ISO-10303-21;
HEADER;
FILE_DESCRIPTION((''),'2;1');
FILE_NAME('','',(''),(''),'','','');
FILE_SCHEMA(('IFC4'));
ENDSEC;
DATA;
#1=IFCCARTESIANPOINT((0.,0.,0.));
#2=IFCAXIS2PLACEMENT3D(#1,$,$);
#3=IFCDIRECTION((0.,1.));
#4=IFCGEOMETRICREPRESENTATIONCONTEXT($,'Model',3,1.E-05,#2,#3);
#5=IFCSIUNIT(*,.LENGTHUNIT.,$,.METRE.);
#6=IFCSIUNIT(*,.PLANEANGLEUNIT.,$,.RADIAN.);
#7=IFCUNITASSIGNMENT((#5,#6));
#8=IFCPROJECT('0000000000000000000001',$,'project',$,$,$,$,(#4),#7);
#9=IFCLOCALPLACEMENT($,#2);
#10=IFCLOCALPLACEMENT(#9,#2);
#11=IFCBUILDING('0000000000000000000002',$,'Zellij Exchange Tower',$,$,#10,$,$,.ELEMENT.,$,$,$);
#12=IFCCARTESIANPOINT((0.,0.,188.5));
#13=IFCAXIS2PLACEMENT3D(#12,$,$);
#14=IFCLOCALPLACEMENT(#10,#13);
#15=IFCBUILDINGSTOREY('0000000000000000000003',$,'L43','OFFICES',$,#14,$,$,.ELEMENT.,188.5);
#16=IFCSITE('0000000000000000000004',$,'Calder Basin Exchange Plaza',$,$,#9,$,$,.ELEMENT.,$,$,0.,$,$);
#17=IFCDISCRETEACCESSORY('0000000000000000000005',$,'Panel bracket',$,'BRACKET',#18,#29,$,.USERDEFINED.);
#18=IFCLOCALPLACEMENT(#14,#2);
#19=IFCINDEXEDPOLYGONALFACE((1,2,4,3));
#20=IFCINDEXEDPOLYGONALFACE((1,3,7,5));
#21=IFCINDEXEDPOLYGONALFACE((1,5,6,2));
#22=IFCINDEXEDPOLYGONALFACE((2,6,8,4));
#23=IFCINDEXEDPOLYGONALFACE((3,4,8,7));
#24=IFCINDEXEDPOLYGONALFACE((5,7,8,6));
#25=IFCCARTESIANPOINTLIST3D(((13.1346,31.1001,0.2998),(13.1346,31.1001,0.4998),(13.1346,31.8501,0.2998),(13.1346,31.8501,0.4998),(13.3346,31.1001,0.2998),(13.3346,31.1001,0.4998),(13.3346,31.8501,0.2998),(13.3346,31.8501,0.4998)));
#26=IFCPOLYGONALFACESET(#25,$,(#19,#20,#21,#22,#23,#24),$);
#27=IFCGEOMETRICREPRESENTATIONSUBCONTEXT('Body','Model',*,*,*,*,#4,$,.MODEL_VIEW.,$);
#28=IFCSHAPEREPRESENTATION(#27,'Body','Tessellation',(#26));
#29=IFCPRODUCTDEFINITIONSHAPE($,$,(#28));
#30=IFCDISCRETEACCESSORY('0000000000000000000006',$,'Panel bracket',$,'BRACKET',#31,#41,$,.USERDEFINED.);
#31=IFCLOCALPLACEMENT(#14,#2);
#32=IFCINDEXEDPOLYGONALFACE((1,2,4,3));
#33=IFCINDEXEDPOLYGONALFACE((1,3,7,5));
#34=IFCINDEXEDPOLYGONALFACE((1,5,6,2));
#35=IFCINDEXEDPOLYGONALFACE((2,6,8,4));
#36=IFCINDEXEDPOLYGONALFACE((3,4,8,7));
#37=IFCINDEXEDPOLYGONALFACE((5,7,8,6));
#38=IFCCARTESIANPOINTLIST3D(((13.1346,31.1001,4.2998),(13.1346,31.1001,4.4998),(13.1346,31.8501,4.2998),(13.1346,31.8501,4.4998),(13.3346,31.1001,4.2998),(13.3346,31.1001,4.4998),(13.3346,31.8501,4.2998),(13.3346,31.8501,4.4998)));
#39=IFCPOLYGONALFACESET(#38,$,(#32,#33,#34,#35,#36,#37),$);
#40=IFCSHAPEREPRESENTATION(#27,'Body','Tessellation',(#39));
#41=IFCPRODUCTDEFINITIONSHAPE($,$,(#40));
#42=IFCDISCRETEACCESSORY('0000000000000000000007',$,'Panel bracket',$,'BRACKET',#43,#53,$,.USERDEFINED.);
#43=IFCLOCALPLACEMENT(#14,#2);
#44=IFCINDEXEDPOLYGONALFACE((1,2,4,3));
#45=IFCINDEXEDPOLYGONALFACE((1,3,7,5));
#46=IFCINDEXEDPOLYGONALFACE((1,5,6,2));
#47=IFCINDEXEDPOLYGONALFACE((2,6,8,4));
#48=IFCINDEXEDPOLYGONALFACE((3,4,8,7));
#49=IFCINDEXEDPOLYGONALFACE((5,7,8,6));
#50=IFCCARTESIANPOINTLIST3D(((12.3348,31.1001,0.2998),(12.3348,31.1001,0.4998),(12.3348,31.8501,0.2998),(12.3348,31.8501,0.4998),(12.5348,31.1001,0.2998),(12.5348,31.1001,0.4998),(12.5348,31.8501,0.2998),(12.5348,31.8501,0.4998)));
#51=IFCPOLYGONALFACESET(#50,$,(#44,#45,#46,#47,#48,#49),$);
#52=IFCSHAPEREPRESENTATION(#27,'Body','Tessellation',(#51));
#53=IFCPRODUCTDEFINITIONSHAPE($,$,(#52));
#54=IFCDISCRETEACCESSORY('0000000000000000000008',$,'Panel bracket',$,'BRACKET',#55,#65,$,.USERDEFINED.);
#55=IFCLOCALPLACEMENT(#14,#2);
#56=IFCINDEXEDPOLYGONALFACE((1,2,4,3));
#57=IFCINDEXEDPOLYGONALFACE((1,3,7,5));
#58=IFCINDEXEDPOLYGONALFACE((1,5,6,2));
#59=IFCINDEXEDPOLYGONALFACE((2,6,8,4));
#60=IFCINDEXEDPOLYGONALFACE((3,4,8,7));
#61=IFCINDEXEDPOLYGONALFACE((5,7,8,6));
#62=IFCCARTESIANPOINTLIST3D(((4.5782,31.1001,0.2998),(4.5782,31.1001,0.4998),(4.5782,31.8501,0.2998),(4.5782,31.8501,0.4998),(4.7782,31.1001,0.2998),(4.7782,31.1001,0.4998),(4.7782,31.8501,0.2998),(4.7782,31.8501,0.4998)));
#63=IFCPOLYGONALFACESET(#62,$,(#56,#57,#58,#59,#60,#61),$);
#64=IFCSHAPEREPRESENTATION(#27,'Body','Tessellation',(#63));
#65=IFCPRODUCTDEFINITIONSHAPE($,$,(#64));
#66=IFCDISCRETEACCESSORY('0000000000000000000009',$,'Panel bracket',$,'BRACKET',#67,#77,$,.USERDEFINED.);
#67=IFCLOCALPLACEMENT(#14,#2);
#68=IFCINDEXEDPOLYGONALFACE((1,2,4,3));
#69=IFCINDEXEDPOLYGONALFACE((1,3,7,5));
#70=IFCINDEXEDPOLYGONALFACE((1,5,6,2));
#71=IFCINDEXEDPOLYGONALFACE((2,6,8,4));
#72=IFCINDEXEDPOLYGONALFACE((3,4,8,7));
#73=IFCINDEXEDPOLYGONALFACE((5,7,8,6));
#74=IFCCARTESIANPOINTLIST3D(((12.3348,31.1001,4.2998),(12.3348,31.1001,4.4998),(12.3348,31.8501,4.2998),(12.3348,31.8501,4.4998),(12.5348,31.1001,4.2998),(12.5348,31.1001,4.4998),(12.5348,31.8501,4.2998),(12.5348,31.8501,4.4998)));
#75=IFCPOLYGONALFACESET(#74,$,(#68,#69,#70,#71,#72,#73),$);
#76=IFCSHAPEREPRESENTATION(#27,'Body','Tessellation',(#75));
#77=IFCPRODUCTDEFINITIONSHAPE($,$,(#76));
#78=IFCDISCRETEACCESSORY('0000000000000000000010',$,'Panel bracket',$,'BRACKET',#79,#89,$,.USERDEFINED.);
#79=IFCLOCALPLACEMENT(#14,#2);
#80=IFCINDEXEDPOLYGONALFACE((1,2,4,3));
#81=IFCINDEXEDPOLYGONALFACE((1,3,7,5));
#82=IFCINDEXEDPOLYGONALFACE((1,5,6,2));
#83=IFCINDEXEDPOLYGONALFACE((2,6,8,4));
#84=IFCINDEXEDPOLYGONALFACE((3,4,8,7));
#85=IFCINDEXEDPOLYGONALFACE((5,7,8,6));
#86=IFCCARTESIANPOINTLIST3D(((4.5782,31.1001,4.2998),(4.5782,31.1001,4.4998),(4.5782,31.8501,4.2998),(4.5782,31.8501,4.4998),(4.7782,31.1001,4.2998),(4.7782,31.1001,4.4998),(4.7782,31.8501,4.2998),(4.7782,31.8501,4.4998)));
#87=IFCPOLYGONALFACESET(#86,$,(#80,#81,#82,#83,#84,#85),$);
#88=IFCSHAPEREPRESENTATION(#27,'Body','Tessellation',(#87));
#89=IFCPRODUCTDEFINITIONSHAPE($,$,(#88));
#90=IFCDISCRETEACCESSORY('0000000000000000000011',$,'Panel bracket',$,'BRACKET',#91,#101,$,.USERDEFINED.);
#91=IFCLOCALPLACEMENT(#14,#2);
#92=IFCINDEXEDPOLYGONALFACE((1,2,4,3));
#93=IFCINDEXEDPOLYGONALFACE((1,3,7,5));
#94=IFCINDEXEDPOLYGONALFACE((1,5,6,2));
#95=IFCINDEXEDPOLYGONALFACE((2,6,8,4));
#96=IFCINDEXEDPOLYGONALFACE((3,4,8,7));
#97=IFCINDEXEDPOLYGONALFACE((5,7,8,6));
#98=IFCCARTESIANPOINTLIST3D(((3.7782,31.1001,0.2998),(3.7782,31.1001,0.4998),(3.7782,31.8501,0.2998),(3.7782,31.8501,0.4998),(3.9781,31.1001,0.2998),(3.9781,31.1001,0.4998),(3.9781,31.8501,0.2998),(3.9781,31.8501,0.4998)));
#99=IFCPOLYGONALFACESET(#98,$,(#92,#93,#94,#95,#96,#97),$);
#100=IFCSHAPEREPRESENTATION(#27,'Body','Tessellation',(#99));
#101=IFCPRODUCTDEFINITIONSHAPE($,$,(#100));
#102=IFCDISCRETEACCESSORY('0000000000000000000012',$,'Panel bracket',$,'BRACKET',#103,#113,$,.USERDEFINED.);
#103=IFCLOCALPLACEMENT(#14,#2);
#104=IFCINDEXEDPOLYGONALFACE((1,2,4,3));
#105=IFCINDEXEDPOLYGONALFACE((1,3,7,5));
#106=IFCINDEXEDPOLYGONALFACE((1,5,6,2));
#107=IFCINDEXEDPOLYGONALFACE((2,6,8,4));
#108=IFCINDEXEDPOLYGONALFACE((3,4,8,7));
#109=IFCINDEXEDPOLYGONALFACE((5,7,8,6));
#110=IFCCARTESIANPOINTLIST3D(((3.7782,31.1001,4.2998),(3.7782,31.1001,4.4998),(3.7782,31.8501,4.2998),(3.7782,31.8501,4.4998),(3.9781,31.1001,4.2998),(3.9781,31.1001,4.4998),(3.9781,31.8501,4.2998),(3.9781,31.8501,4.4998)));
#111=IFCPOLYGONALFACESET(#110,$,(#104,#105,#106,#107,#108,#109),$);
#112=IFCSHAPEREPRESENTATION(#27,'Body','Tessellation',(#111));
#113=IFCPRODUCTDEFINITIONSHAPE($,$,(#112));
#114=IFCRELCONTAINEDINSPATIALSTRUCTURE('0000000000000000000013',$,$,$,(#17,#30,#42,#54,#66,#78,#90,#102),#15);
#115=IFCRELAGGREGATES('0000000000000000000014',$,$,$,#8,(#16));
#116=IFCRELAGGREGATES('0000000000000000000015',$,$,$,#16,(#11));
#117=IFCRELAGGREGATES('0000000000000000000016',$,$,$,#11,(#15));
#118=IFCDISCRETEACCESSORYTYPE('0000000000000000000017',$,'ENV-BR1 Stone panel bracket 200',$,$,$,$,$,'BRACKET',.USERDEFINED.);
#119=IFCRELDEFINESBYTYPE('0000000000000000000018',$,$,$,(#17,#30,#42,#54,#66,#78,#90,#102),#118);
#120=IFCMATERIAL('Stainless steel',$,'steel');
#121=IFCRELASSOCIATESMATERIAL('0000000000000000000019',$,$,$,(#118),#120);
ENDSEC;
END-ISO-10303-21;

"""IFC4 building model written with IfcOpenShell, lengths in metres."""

from ifc_helpers import new_model, si_unit, direction, frame, origin, origin_2d, place, context, subcontext, project, spatial, rectangle, extrude, material, type_object, element, save


model = new_model("IFC4")

# Units and contexts
model_context = context("Model", 3, precision=1e-05, world=origin(), true_north=direction((0.0, 1.0)))
body_context = subcontext(model_context, "Body", "Model", "MODEL_VIEW")
ifc_project = project(units=[si_unit("LENGTHUNIT", "METRE"), si_unit("PLANEANGLEUNIT", "RADIAN")], contexts=[model_context])

# Site, building, storey
site_placement = place(None, origin())
site = spatial("IfcSite", under=ifc_project, at=site_placement, Name="Calder Basin Exchange Plaza", CompositionType="ELEMENT", RefElevation=0.0)
building_placement = place(site_placement, origin())
building = spatial("IfcBuilding", under=site, at=building_placement, Name="Zellij Exchange Tower", CompositionType="ELEMENT")
storey_placement = place(building_placement, frame((0.0, 0.0, 188.5)))
storey = spatial("IfcBuildingStorey", under=building, at=storey_placement, Name="L43", Description="OFFICES", CompositionType="ELEMENT", Elevation=188.5)

# Discrete accessories
ifc_material_1 = material(Name="Stainless steel", Category="steel")
discrete_accessory_type = type_object("IfcDiscreteAccessoryType", Name="ENV-BR1 Stone panel bracket 200", ElementType="BRACKET", PredefinedType="USERDEFINED", material=ifc_material_1)
for number, where, z_axis, x_axis, name in (
    (1, (13.2346, 31.4751, 0.2998), (0.0, 0.0, 1.0), (-1.0, 0.0, 0.0), "Panel bracket"),
    (2, (13.2346, 31.4751, 4.2998), (0.0, 0.0, 1.0), (-1.0, 0.0, 0.0), "Panel bracket"),
    (3, (12.4348, 31.4751, 0.2998), (0.0, 0.0, 1.0), (-1.0, 0.0, 0.0), "Panel bracket"),
    (4, (4.6782, 31.4751, 0.2998), (0.0, 0.0, 1.0), (-1.0, 0.0, 0.0), "Panel bracket"),
    (5, (12.4348, 31.4751, 4.2998), (0.0, 0.0, 1.0), (-1.0, 0.0, 0.0), "Panel bracket"),
    (6, (4.6782, 31.4751, 4.2998), (0.0, 0.0, 1.0), (-1.0, 0.0, 0.0), "Panel bracket"),
    (7, (3.8782, 31.4751, 0.2998), (0.0, 0.0, 1.0), (-1.0, 0.0, 0.0), "Panel bracket"),
    (8, (3.8782, 31.4751, 4.2998), (0.0, 0.0, 1.0), (-1.0, 0.0, 0.0), "Panel bracket"),
):
    element("IfcDiscreteAccessory", number, at=place(storey_placement, frame(where, z_axis=z_axis, x_axis=x_axis)), inside=storey, type_object=discrete_accessory_type, Name=name, ObjectType="BRACKET", PredefinedType="USERDEFINED", context=body_context, shape_type="SweptSolid", body=[
        extrude(rectangle(XDim=0.2, YDim=0.75, at=origin_2d()), origin(), (0.0, 0.0, 1.0), 0.2),
    ])

save(model, "model.ifc")
